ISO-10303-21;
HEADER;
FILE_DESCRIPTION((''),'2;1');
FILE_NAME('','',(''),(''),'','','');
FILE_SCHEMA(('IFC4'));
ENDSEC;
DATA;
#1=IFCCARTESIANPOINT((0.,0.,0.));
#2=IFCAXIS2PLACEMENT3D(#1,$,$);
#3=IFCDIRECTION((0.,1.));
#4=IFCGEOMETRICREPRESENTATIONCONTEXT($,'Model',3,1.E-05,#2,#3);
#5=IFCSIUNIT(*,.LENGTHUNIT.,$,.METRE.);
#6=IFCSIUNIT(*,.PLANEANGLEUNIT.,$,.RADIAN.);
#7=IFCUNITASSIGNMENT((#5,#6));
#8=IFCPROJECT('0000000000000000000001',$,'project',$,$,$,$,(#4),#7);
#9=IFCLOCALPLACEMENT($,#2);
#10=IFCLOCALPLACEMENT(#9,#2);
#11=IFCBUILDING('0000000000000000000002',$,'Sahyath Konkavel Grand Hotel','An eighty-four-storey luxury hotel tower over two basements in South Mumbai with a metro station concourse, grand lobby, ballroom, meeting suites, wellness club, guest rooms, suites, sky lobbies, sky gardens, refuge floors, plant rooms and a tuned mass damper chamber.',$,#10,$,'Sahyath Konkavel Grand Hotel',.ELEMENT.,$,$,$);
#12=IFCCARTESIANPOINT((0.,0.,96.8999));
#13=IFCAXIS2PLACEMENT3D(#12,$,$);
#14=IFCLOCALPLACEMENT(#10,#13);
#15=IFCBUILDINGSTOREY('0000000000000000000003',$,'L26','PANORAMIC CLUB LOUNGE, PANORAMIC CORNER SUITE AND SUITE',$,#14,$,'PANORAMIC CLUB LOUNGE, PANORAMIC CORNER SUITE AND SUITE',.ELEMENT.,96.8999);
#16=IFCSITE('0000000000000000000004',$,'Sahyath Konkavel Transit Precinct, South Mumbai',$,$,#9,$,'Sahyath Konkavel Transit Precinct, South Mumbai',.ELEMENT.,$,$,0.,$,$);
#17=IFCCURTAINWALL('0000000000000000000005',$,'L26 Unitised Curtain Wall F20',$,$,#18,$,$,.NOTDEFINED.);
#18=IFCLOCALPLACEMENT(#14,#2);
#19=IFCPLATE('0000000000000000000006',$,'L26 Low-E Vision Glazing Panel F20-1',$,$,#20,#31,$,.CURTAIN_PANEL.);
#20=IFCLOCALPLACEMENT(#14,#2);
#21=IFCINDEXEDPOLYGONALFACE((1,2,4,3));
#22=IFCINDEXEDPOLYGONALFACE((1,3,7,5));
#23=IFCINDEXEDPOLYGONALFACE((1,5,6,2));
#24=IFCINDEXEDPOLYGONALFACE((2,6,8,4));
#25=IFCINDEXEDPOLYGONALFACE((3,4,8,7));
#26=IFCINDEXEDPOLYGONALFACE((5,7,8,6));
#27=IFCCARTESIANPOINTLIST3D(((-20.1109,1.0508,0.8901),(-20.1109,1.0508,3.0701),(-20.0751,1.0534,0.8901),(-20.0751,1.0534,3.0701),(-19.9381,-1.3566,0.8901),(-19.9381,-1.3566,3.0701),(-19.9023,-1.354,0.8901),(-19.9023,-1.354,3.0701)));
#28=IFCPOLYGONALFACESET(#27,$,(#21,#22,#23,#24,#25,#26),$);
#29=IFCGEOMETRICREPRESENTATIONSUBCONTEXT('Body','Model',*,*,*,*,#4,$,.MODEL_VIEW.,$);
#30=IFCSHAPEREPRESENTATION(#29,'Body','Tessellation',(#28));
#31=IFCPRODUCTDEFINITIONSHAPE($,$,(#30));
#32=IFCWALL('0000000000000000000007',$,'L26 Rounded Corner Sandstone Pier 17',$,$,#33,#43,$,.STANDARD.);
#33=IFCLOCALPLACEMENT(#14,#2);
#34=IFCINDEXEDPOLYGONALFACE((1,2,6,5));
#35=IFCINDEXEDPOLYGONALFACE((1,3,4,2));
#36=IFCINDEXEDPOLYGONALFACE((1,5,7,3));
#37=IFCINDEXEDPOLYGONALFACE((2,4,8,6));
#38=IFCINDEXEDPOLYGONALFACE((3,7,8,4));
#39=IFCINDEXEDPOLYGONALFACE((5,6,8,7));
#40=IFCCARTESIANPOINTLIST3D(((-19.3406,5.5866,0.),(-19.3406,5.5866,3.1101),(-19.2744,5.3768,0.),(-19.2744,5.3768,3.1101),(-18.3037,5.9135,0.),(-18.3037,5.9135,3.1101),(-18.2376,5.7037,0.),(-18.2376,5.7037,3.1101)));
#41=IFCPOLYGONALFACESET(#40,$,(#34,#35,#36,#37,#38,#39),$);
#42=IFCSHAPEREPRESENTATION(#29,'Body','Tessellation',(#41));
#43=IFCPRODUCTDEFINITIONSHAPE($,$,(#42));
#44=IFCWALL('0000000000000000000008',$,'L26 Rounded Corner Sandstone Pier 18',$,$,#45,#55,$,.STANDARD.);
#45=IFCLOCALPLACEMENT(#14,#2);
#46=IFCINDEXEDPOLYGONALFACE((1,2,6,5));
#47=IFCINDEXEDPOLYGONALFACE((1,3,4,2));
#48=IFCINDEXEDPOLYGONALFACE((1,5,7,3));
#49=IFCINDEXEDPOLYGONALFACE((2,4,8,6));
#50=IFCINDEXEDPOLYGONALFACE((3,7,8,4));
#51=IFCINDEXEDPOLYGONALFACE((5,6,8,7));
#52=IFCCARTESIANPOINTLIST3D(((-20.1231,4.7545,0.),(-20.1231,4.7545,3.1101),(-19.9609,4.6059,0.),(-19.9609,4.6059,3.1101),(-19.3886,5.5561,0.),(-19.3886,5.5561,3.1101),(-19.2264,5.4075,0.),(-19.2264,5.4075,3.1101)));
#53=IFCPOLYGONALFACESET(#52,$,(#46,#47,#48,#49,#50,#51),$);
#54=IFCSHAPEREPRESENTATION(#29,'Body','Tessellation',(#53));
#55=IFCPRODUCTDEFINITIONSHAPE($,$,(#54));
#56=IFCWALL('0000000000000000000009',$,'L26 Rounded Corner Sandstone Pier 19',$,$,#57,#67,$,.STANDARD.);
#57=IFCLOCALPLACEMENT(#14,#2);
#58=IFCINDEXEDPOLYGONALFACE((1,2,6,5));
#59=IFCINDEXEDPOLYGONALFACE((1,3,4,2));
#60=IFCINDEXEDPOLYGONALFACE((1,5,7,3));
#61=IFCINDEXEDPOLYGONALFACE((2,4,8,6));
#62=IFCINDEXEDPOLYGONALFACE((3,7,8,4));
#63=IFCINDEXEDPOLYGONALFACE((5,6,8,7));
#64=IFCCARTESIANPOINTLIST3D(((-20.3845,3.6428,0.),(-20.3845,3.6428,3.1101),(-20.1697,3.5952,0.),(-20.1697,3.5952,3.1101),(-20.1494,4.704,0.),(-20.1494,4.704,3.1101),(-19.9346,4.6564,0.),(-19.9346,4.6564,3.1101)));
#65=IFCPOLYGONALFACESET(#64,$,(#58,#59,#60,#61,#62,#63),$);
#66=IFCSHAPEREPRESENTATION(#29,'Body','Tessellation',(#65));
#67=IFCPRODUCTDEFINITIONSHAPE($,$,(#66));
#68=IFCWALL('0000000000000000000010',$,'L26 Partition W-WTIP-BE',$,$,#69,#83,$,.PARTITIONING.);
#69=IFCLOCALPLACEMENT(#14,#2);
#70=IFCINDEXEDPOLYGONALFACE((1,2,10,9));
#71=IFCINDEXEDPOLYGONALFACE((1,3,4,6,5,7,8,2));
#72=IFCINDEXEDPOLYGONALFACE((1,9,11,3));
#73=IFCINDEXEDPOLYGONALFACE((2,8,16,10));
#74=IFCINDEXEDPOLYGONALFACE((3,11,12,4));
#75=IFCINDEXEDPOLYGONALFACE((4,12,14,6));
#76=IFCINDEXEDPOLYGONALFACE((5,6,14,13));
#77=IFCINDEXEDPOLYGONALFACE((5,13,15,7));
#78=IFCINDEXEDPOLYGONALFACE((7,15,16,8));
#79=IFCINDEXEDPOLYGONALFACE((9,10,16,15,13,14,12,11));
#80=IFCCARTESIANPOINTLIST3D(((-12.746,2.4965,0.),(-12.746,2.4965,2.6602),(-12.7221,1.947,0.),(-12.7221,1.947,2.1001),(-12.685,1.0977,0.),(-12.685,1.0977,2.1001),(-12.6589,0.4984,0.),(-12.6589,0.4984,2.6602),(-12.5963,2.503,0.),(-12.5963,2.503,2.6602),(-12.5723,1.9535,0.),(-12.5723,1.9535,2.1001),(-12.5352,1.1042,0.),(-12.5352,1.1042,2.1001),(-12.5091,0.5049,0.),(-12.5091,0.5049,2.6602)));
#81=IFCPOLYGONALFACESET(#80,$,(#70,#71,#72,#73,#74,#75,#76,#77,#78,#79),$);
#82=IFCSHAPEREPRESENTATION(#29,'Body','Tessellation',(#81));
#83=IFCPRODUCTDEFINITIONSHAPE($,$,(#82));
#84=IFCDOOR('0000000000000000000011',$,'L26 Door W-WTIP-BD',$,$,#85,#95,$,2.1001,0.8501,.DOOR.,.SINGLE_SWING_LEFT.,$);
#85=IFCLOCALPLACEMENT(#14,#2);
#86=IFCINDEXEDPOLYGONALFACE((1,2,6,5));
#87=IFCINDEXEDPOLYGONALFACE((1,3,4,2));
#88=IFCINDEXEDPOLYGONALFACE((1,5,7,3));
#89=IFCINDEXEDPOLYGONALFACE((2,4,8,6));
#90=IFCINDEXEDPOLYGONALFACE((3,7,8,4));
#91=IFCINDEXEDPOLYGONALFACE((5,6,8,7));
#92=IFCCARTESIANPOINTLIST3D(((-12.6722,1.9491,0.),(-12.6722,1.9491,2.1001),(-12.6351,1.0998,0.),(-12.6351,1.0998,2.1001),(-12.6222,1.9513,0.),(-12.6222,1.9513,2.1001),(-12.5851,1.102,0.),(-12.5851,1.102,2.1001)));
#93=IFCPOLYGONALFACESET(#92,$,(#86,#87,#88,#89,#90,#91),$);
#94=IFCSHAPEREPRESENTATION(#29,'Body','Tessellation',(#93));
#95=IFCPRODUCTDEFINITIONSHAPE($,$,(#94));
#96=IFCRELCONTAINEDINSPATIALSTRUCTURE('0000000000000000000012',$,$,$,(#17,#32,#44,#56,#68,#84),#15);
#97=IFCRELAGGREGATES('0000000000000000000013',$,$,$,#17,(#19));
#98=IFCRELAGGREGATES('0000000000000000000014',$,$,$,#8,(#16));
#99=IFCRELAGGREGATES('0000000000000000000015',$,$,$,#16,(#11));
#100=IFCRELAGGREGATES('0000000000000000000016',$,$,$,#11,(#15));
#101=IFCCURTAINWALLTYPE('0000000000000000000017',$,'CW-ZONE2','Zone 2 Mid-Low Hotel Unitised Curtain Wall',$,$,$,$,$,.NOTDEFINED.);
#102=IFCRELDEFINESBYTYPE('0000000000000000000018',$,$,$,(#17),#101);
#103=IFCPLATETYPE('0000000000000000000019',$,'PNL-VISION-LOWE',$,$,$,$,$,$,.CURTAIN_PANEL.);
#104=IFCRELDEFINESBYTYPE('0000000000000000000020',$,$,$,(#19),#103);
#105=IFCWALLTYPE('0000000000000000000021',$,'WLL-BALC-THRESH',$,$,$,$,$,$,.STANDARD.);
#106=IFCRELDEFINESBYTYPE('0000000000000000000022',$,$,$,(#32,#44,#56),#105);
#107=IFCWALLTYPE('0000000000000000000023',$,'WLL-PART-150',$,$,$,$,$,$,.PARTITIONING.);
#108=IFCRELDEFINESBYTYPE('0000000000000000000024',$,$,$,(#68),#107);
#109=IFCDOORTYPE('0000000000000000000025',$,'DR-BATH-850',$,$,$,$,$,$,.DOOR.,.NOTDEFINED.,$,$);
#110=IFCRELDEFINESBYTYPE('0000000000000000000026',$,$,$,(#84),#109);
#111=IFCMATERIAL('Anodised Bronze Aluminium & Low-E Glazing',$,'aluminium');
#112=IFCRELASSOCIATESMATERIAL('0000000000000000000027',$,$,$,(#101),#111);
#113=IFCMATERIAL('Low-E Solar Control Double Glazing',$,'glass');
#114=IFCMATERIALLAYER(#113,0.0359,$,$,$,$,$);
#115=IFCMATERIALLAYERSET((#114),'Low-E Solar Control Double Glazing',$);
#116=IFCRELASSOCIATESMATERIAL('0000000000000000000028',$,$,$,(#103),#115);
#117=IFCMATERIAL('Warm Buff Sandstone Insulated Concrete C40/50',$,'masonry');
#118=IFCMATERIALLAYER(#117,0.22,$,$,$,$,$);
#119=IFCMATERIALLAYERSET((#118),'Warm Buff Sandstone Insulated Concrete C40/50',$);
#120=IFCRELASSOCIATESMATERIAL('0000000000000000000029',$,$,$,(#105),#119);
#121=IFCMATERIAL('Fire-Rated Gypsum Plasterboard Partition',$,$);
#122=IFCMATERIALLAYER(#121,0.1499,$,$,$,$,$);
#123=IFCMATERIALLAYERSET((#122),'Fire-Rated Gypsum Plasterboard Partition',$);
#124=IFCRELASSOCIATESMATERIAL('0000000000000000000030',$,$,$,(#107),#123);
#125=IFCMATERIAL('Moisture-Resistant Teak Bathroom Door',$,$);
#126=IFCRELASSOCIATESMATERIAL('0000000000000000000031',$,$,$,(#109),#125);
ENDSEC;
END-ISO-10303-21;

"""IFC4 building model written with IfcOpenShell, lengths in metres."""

from ifc_helpers import new_model, si_unit, direction, frame, frame_2d, origin, origin_2d, place, context, subcontext, project, spatial, rectangle, extrude, source, transform, mapped, material, layer, layer_set, type_object, element, fill, aggregate, save


model = new_model("IFC4")

# Units and contexts
model_context = context("Model", 3, precision=1e-05, world=origin(), true_north=direction((0.0, 1.0)))
body_context = subcontext(model_context, "Body", "Model", "MODEL_VIEW")
ifc_project = project(units=[si_unit("LENGTHUNIT", "METRE"), si_unit("PLANEANGLEUNIT", "RADIAN")], contexts=[model_context])

# Site, building, storey
site_placement = place(None, origin())
site = spatial("IfcSite", under=ifc_project, at=site_placement, Name="Sahyath Konkavel Transit Precinct, South Mumbai", LongName="Sahyath Konkavel Transit Precinct, South Mumbai", CompositionType="ELEMENT", RefElevation=0.0)
building_placement = place(site_placement, origin())
building = spatial("IfcBuilding", under=site, at=building_placement, Name="Sahyath Konkavel Grand Hotel", Description="An eighty-four-storey luxury hotel tower over two basements in South Mumbai with a metro station concourse, grand lobby, ballroom, meeting suites, wellness club, guest rooms, suites, sky lobbies, sky gardens, refuge floors, plant rooms and a tuned mass damper chamber.", LongName="Sahyath Konkavel Grand Hotel", CompositionType="ELEMENT")
storey_placement = place(building_placement, frame((0.0, 0.0, 96.8999)))
storey = spatial("IfcBuildingStorey", under=building, at=storey_placement, Name="L26", Description="PANORAMIC CLUB LOUNGE, PANORAMIC CORNER SUITE AND SUITE", LongName="PANORAMIC CLUB LOUNGE, PANORAMIC CORNER SUITE AND SUITE", CompositionType="ELEMENT", Elevation=96.8999)

# Curtain wall
ifc_material_1 = material(Name="Anodised Bronze Aluminium & Low-E Glazing", Category="aluminium")
curtain_wall_type = type_object("IfcCurtainWallType", Name="CW-ZONE2", Description="Zone 2 Mid-Low Hotel Unitised Curtain Wall", PredefinedType="NOTDEFINED", material=ifc_material_1)
curtain_wall_1_placement = place(storey_placement, origin())
curtain_wall_1 = element("IfcCurtainWall", 1, at=curtain_wall_1_placement, inside=storey, type_object=curtain_wall_type, Name="L26 Unitised Curtain Wall F20", PredefinedType="NOTDEFINED")

# Plate
ifc_material_2 = material(Name="Low-E Solar Control Double Glazing", Category="glass")
ifc_layer_1 = layer(ifc_material_2, 0.0359)
ifc_layer_set_1 = layer_set([ifc_layer_1], Name="Low-E Solar Control Double Glazing")
plate_type_1 = type_object("IfcPlateType", Name="PNL-VISION-LOWE", PredefinedType="CURTAIN_PANEL", material=ifc_layer_set_1)
shared_shape_1 = source(origin(), body_context, "Body", "SweptSolid", [
    extrude(rectangle(XDim=2.4136, YDim=0.0359, at=origin_2d()), origin(), (0.0, 0.0, 1.0), 2.1799),
])
plate_1_placement = place(storey_placement, frame((-20.0066, -0.1516, 0.8901), z_axis=(0.0, 0.0, 1.0), x_axis=(0.071567, -0.997436, 0.0)))
plate_1 = element("IfcPlate", 2, at=plate_1_placement, type_object=plate_type_1, Name="L26 Low-E Vision Glazing Panel F20-1", PredefinedType="CURTAIN_PANEL", context=body_context, shape_type="MappedRepresentation", body=[
    mapped(shared_shape_1, transform((0.0, 0.0, 0.0), scale=1.0)),
])
aggregate(curtain_wall_1, [plate_1])

# Walls
ifc_material_3 = material(Name="Warm Buff Sandstone Insulated Concrete C40/50", Category="masonry")
ifc_layer_2 = layer(ifc_material_3, 0.22)
ifc_layer_set_2 = layer_set([ifc_layer_2], Name="Warm Buff Sandstone Insulated Concrete C40/50")
wall_type_1 = type_object("IfcWallType", Name="WLL-BALC-THRESH", PredefinedType="STANDARD", material=ifc_layer_set_2)
for number, where, z_axis, x_axis, name in (
    (3, (-18.2708, 5.8086, 0.0), (0.0, 0.0, 1.0), (-0.953722, -0.300691, 0.0), "L26 Rounded Corner Sandstone Pier 17"),
    (4, (-19.3076, 5.4817, 0.0), (0.0, 0.0, 1.0), (-0.675552, -0.737313, 0.0), "L26 Rounded Corner Sandstone Pier 18"),
):
    element("IfcWall", number, at=place(storey_placement, frame(where, z_axis=z_axis, x_axis=x_axis)), inside=storey, type_object=wall_type_1, Name=name, PredefinedType="STANDARD", context=body_context, shape_type="SweptSolid", body=[
        extrude(rectangle(XDim=1.0872, YDim=0.22, at=frame_2d((0.5435, 0.0))), origin(), (0.0, 0.0, 1.0), 3.1101),
    ])
wall_1_placement = place(storey_placement, frame((-20.042, 4.6802, 0.0), z_axis=(0.0, 0.0, 1.0), x_axis=(-0.216288, -0.97633, 0.0)))
element("IfcWall", 5, at=wall_1_placement, inside=storey, type_object=wall_type_1, Name="L26 Rounded Corner Sandstone Pier 19", PredefinedType="STANDARD", context=body_context, shape_type="SweptSolid", body=[
    extrude(rectangle(XDim=1.0869, YDim=0.22, at=frame_2d((0.5435, 0.0))), origin(), (0.0, 0.0, 1.0), 3.1101),
])

# Wall, opening, door
ifc_material_4 = material(Name="Fire-Rated Gypsum Plasterboard Partition")
ifc_layer_3 = layer(ifc_material_4, 0.1499)
ifc_layer_set_3 = layer_set([ifc_layer_3], Name="Fire-Rated Gypsum Plasterboard Partition")
wall_type_2 = type_object("IfcWallType", Name="WLL-PART-150", PredefinedType="PARTITIONING", material=ifc_layer_set_3)
wall_2_placement = place(storey_placement, frame((-12.6711, 2.4998, 0.0), z_axis=(0.0, 0.0, 1.0), x_axis=(0.04358, -0.99905, 0.0)))
wall_2 = element("IfcWall", 6, at=wall_2_placement, inside=storey, type_object=wall_type_2, Name="L26 Partition W-WTIP-BE", PredefinedType="PARTITIONING", context=body_context, shape_type="SweptSolid", body=[
    extrude(rectangle(XDim=2.0, YDim=0.1499, at=frame_2d((1.0, 0.0))), origin(), (0.0, 0.0, 1.0), 2.6602),
])
opening_placement = place(wall_2_placement, frame((0.55, 0.0, 0.0)))
opening = element("IfcOpeningElement", 7, at=opening_placement, cuts=wall_2, PredefinedType="OPENING", context=body_context, shape_type="SweptSolid", body=[
    extrude(rectangle(XDim=0.8501, YDim=2.1001, at=frame_2d((0.425, 1.05))), frame((0.0, 0.085, 0.0), z_axis=(0.0, -1.0, 0.0), x_axis=(1.0, 0.0, 0.0)), (0.0, 0.0, 1.0), 0.1699),
])
ifc_material_5 = material(Name="Moisture-Resistant Teak Bathroom Door")
door_type = type_object("IfcDoorType", Name="DR-BATH-850", OperationType="NOTDEFINED", PredefinedType="DOOR", material=ifc_material_5)
shared_shape_2 = source(origin(), body_context, "Body", "SweptSolid", [
    extrude(rectangle(XDim=0.8501, YDim=0.05, at=origin_2d()), origin(), (0.0, 0.0, 1.0), 2.1001),
])
door_placement = place(opening_placement, frame((0.425, 0.0, 0.0)))
door = element("IfcDoor", 8, at=door_placement, inside=storey, type_object=door_type, Name="L26 Door W-WTIP-BD", OperationType="SINGLE_SWING_LEFT", OverallHeight=2.1001, OverallWidth=0.8501, PredefinedType="DOOR", context=body_context, shape_type="MappedRepresentation", body=[
    mapped(shared_shape_2, transform((0.0, 0.0, 0.0), scale=1.0)),
])
fill(opening, door)

save(model, "model.ifc")
